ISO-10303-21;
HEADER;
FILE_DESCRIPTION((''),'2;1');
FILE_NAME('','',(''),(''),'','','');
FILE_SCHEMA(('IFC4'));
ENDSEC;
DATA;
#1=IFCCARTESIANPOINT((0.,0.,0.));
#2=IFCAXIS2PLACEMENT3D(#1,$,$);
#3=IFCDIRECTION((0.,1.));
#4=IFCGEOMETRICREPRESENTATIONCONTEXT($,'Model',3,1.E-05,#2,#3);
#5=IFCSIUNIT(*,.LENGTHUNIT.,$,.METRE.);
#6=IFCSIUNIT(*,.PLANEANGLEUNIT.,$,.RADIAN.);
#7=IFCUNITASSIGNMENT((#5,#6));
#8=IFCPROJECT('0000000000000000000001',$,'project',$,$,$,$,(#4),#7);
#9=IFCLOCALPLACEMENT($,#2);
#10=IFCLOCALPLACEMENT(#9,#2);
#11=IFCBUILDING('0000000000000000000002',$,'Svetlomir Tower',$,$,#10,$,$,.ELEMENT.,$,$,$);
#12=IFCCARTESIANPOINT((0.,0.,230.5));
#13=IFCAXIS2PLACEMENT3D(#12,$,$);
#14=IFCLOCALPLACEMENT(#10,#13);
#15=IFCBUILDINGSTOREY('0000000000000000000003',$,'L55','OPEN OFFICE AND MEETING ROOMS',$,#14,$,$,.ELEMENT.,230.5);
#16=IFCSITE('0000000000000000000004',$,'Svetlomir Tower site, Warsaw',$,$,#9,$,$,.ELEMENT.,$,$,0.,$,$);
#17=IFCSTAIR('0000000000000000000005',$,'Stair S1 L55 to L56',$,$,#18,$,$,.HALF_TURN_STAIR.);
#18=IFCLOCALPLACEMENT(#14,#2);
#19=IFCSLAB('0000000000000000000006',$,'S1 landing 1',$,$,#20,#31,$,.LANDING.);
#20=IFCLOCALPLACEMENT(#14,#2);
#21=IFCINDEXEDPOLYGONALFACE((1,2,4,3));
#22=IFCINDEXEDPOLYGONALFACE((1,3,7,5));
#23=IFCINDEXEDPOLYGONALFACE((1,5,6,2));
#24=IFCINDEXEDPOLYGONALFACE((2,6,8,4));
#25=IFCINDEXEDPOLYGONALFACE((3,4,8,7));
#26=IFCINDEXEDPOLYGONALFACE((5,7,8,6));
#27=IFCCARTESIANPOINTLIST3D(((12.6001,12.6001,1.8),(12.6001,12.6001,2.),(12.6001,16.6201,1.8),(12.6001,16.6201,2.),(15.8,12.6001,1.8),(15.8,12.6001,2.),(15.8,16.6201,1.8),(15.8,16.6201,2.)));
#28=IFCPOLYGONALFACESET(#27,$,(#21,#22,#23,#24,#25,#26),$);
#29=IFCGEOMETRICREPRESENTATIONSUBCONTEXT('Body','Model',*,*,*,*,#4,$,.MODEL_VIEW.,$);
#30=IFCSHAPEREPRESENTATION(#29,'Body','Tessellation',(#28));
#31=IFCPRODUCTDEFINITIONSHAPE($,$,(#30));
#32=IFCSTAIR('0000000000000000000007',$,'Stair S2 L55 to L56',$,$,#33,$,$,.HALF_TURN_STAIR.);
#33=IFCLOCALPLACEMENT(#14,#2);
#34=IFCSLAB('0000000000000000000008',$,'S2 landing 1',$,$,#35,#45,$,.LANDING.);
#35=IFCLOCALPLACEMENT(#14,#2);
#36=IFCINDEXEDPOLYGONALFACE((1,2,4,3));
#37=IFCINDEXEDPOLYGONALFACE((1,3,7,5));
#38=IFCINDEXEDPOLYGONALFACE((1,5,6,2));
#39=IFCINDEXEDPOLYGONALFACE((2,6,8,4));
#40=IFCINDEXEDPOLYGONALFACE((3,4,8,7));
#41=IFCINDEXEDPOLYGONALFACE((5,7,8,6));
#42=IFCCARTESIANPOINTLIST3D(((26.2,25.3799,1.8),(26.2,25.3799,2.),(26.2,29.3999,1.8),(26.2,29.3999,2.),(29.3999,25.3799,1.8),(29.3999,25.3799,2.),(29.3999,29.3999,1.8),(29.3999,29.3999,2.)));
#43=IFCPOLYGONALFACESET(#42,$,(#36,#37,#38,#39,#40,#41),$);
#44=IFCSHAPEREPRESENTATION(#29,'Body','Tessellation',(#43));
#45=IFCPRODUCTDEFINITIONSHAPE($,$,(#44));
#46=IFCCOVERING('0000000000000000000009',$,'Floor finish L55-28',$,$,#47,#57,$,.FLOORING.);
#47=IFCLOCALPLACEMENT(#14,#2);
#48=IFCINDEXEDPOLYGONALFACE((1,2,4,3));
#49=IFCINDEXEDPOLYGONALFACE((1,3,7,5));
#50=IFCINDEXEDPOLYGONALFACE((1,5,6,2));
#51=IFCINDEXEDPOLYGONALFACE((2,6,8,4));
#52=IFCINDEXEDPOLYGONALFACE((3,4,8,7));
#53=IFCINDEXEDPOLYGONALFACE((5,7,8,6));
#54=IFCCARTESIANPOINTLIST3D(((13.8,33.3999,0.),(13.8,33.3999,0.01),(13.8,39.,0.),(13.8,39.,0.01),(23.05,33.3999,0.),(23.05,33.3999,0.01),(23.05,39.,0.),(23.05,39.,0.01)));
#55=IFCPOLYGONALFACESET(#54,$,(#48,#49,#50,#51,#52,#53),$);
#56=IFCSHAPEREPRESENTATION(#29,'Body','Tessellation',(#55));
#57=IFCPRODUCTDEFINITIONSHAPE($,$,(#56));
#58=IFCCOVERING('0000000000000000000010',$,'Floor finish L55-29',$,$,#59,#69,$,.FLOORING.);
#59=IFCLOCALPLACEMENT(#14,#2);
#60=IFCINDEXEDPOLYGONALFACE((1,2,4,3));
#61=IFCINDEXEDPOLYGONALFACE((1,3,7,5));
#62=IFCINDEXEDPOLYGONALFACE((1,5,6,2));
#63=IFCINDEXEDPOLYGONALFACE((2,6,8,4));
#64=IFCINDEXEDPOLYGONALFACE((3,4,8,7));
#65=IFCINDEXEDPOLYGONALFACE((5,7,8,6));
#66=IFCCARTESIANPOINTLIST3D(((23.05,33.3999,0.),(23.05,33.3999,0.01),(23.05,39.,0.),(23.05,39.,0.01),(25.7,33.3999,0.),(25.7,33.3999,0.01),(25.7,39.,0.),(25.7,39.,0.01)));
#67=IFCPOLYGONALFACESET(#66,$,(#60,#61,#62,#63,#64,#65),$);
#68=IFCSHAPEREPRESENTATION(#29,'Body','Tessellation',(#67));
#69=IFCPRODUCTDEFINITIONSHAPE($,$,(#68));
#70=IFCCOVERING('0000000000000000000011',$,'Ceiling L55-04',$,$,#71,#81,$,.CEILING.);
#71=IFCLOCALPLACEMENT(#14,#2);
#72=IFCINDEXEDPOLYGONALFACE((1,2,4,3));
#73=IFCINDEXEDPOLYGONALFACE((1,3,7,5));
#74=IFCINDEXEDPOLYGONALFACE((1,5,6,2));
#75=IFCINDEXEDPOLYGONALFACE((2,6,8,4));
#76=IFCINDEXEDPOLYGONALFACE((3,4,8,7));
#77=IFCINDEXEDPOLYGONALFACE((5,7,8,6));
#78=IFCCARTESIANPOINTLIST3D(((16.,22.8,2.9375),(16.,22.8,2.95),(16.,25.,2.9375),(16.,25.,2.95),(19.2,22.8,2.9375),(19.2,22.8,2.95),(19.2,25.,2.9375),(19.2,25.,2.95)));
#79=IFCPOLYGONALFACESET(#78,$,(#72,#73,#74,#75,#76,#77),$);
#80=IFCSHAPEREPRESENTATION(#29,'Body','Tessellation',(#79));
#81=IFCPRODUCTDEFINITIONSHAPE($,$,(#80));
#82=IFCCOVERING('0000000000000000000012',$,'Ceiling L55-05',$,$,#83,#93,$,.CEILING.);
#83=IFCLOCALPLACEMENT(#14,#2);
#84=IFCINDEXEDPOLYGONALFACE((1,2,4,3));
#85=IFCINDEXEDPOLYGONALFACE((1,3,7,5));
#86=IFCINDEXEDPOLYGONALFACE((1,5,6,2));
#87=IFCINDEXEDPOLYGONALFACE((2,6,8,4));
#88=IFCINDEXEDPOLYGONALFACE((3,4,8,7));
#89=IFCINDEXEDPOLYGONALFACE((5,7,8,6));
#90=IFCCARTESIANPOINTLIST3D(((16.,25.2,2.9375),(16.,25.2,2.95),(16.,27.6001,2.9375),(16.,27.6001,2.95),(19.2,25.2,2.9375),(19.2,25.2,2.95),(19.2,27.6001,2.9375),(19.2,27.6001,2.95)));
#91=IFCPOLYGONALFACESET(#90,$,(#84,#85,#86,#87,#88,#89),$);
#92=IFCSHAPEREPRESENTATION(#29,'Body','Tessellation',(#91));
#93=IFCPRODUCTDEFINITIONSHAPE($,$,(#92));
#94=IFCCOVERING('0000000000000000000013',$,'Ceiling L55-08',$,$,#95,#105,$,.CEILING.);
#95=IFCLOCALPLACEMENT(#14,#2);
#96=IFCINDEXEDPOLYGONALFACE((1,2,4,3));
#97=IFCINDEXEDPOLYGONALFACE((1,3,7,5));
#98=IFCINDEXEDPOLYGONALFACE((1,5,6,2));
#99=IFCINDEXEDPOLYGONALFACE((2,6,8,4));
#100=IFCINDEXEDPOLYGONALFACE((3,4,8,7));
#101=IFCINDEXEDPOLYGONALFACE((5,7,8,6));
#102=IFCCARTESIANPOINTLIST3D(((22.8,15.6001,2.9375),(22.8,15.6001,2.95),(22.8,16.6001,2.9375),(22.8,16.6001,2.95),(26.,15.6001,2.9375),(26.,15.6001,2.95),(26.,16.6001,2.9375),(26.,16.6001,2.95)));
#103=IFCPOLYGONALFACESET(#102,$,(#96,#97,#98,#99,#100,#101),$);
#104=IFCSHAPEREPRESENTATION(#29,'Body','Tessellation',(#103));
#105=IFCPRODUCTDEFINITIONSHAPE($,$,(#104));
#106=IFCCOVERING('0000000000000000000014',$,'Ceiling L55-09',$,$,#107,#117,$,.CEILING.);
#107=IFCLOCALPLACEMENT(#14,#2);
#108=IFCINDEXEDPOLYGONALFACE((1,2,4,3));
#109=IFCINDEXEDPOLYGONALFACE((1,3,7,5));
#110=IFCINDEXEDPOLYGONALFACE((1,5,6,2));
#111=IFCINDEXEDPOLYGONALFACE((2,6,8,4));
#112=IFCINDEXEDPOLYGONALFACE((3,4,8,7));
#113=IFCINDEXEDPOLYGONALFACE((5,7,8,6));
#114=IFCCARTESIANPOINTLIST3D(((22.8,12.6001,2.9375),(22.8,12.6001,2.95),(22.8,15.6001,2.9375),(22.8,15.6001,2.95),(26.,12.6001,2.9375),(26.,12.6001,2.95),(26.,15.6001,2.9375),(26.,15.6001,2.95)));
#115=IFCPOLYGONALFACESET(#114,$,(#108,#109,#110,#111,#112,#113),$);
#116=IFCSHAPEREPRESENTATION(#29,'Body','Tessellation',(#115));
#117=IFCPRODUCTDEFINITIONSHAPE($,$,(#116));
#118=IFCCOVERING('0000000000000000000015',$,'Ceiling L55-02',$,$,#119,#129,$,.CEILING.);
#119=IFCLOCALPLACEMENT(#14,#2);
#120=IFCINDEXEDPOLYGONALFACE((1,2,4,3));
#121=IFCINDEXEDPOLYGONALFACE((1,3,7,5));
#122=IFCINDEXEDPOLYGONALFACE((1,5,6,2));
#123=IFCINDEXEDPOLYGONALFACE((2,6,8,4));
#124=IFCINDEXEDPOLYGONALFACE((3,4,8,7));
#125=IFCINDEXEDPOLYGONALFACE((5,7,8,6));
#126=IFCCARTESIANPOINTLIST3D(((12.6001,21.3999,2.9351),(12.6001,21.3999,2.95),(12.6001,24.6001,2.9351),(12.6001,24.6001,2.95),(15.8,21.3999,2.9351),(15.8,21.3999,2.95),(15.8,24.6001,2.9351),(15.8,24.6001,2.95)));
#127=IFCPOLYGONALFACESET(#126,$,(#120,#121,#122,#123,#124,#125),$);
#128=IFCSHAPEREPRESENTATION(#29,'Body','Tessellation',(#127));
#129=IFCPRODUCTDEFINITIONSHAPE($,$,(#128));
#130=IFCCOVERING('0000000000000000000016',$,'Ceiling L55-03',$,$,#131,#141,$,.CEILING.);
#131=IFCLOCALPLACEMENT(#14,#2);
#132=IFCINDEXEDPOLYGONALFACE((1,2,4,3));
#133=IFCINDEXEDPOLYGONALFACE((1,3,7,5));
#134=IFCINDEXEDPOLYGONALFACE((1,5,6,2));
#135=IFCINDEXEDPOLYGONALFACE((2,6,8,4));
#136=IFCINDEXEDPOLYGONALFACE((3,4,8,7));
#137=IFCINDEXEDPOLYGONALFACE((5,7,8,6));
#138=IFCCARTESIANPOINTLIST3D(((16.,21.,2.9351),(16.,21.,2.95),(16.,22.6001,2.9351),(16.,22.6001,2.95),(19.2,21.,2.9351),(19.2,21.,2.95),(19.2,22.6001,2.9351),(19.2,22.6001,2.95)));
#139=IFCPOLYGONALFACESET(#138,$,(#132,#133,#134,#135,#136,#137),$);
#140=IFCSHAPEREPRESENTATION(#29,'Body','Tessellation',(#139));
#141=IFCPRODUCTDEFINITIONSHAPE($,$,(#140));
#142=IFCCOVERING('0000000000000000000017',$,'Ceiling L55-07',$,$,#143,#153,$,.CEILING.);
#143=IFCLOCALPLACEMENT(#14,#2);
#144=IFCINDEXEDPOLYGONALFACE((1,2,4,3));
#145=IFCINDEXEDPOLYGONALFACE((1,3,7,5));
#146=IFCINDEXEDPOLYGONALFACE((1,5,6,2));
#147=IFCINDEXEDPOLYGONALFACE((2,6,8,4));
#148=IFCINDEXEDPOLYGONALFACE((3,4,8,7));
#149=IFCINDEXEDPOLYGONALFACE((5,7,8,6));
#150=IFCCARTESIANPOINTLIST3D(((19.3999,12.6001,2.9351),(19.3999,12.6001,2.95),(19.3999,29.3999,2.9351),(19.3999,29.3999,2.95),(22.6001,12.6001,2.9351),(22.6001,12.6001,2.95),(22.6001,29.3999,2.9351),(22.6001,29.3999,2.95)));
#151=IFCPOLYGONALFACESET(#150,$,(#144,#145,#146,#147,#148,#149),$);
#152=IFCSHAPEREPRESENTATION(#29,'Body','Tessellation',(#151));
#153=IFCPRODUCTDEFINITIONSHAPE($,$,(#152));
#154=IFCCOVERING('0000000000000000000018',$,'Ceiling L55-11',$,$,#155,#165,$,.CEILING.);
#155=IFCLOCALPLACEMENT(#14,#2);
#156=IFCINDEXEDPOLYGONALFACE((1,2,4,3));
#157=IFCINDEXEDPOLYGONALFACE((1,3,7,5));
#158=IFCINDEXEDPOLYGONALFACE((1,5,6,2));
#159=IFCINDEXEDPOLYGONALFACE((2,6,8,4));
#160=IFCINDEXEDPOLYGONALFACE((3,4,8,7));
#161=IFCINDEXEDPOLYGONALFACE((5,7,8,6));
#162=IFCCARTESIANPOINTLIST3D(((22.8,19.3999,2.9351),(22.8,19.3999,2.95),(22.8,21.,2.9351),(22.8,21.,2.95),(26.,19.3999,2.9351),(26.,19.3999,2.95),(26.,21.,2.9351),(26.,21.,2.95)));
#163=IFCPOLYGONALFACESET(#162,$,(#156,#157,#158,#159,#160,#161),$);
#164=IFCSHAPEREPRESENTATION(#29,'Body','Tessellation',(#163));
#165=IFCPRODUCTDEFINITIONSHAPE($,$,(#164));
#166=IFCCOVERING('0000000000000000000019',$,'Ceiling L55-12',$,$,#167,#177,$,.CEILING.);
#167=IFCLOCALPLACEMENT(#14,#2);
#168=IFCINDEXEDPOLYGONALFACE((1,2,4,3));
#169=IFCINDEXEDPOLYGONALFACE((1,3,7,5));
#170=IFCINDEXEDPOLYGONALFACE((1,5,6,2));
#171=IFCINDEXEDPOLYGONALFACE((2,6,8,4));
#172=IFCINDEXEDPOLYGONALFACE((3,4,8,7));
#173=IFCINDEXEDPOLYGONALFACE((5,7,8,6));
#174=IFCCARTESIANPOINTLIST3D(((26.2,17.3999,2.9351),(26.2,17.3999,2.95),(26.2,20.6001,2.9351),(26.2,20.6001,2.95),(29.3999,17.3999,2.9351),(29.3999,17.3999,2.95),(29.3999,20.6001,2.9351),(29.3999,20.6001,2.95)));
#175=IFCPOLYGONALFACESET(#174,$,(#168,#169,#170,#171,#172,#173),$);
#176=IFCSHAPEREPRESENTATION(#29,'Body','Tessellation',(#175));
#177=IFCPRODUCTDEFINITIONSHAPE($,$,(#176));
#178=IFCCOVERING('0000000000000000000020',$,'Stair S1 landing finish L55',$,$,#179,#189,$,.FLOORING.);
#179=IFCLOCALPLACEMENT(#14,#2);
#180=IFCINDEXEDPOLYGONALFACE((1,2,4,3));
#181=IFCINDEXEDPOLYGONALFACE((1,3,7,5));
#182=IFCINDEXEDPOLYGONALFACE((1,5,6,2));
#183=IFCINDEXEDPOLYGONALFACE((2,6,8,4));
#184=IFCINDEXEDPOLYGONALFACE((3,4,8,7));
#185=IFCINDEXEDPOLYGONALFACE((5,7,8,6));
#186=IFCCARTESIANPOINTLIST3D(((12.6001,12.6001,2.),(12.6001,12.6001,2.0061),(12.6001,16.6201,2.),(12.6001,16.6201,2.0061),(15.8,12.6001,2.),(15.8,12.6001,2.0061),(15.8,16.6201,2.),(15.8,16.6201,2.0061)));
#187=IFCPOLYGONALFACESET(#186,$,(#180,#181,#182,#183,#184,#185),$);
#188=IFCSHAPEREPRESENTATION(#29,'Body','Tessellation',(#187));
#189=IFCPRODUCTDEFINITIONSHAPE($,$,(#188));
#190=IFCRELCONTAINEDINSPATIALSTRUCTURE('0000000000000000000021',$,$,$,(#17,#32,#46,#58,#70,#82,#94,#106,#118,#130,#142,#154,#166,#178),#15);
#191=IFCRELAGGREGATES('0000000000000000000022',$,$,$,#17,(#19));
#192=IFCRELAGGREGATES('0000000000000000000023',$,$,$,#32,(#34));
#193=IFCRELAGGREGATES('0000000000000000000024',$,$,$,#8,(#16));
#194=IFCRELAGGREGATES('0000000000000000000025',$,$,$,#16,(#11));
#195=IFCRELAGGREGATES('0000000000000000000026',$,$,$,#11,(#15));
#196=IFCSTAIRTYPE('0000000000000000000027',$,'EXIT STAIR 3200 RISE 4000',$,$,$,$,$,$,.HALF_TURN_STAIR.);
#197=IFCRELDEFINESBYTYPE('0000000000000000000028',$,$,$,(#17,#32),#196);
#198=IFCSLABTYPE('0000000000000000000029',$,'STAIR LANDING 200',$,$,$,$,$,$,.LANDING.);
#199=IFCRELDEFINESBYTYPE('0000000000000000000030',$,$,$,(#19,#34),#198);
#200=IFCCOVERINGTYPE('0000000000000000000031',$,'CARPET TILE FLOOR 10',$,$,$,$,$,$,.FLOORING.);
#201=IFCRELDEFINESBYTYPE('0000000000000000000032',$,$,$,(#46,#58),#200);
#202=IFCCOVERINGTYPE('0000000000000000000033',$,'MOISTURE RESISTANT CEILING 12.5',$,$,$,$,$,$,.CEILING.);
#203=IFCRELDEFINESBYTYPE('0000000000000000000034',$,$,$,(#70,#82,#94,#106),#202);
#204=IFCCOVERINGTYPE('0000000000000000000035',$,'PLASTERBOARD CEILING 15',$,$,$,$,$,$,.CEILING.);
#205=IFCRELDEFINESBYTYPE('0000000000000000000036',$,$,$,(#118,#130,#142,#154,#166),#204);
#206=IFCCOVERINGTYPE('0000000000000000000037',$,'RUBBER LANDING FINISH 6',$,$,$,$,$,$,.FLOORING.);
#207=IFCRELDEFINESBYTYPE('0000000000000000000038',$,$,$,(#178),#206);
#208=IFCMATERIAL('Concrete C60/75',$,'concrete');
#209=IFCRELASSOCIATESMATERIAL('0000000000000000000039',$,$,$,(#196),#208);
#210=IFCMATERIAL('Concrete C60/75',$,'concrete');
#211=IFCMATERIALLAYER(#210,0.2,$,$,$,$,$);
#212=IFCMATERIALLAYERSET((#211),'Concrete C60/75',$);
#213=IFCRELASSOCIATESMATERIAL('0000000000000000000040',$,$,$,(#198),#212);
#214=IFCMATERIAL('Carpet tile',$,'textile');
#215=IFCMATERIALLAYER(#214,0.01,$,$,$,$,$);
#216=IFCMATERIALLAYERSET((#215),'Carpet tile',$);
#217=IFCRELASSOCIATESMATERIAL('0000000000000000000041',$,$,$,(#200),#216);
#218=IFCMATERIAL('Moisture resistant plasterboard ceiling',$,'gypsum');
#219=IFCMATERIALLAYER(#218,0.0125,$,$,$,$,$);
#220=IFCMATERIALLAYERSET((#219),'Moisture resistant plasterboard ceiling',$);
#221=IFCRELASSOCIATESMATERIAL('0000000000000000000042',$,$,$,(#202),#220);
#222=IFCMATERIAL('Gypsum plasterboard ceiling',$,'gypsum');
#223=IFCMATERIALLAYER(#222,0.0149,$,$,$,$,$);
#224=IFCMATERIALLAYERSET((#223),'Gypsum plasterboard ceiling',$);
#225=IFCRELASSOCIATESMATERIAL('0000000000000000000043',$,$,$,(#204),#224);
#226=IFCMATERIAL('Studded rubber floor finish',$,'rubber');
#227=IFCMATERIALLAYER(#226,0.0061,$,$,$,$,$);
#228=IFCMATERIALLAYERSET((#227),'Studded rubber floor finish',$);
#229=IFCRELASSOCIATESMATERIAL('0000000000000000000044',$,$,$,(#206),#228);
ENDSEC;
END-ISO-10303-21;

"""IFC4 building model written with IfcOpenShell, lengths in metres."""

from ifc_helpers import new_model, si_unit, direction, frame, origin, place, context, subcontext, project, spatial, polyline, outline, extrude, material, layer, layer_set, type_object, element, aggregate, save


model = new_model("IFC4")

# Units and contexts
model_context = context("Model", 3, precision=1e-05, world=origin(), true_north=direction((0.0, 1.0)))
body_context = subcontext(model_context, "Body", "Model", "MODEL_VIEW")
ifc_project = project(units=[si_unit("LENGTHUNIT", "METRE"), si_unit("PLANEANGLEUNIT", "RADIAN")], contexts=[model_context])

# Site, building, storey
site_placement = place(None, origin())
site = spatial("IfcSite", under=ifc_project, at=site_placement, Name="Svetlomir Tower site, Warsaw", CompositionType="ELEMENT", RefElevation=0.0)
building_placement = place(site_placement, origin())
building = spatial("IfcBuilding", under=site, at=building_placement, Name="Svetlomir Tower", CompositionType="ELEMENT")
storey_placement = place(building_placement, frame((0.0, 0.0, 230.5)))
storey = spatial("IfcBuildingStorey", under=building, at=storey_placement, Name="L55", Description="OPEN OFFICE AND MEETING ROOMS", CompositionType="ELEMENT", Elevation=230.5)

# Stairs, slabs
ifc_material_1 = material(Name="Concrete C60/75", Category="concrete")
stair_type = type_object("IfcStairType", Name="EXIT STAIR 3200 RISE 4000", PredefinedType="HALF_TURN_STAIR", material=ifc_material_1)
stair_1_placement = place(storey_placement, origin())
stair_1 = element("IfcStair", 1, at=stair_1_placement, inside=storey, type_object=stair_type, Name="Stair S1 L55 to L56", PredefinedType="HALF_TURN_STAIR")
ifc_material_2 = material(Name="Concrete C60/75", Category="concrete")
ifc_layer_1 = layer(ifc_material_2, 0.2)
ifc_layer_set_1 = layer_set([ifc_layer_1], Name="Concrete C60/75")
slab_type = type_object("IfcSlabType", Name="STAIR LANDING 200", PredefinedType="LANDING", material=ifc_layer_set_1)
slab_1_placement = place(storey_placement, frame((0.0, 0.0, 1.8)))
slab_1 = element("IfcSlab", 2, at=slab_1_placement, type_object=slab_type, Name="S1 landing 1", PredefinedType="LANDING", context=body_context, shape_type="SweptSolid", body=[
    extrude(outline(polyline([(12.6001, 12.6001), (15.8, 12.6001), (15.8, 16.6201), (12.6001, 16.6201), (12.6001, 12.6001)])), origin(), (0.0, 0.0, 1.0), 0.2),
])
aggregate(stair_1, [slab_1])
stair_2_placement = place(storey_placement, origin())
stair_2 = element("IfcStair", 3, at=stair_2_placement, inside=storey, type_object=stair_type, Name="Stair S2 L55 to L56", PredefinedType="HALF_TURN_STAIR")
slab_2_placement = place(storey_placement, frame((0.0, 0.0, 1.8)))
slab_2 = element("IfcSlab", 4, at=slab_2_placement, type_object=slab_type, Name="S2 landing 1", PredefinedType="LANDING", context=body_context, shape_type="SweptSolid", body=[
    extrude(outline(polyline([(26.2, 25.3799), (29.3999, 25.3799), (29.3999, 29.3999), (26.2, 29.3999), (26.2, 25.3799)])), origin(), (0.0, 0.0, 1.0), 0.2),
])
aggregate(stair_2, [slab_2])

# Coverings
ifc_material_3 = material(Name="Carpet tile", Category="textile")
ifc_layer_2 = layer(ifc_material_3, 0.01)
ifc_layer_set_2 = layer_set([ifc_layer_2], Name="Carpet tile")
covering_type_1 = type_object("IfcCoveringType", Name="CARPET TILE FLOOR 10", PredefinedType="FLOORING", material=ifc_layer_set_2)
covering_1_placement = place(storey_placement, origin())
element("IfcCovering", 5, at=covering_1_placement, inside=storey, type_object=covering_type_1, Name="Floor finish L55-28", PredefinedType="FLOORING", context=body_context, shape_type="SweptSolid", body=[
    extrude(outline(polyline([(13.8, 33.3999), (23.05, 33.3999), (23.05, 39.0), (13.8, 39.0), (13.8, 33.3999)])), origin(), (0.0, 0.0, 1.0), 0.01),
])
covering_2_placement = place(storey_placement, origin())
element("IfcCovering", 6, at=covering_2_placement, inside=storey, type_object=covering_type_1, Name="Floor finish L55-29", PredefinedType="FLOORING", context=body_context, shape_type="SweptSolid", body=[
    extrude(outline(polyline([(23.05, 33.3999), (25.7, 33.3999), (25.7, 39.0), (23.05, 39.0), (23.05, 33.3999)])), origin(), (0.0, 0.0, 1.0), 0.01),
])
ifc_material_4 = material(Name="Moisture resistant plasterboard ceiling", Category="gypsum")
ifc_layer_3 = layer(ifc_material_4, 0.0125)
ifc_layer_set_3 = layer_set([ifc_layer_3], Name="Moisture resistant plasterboard ceiling")
covering_type_2 = type_object("IfcCoveringType", Name="MOISTURE RESISTANT CEILING 12.5", PredefinedType="CEILING", material=ifc_layer_set_3)
covering_3_placement = place(storey_placement, frame((0.0, 0.0, 2.9375)))
element("IfcCovering", 7, at=covering_3_placement, inside=storey, type_object=covering_type_2, Name="Ceiling L55-04", PredefinedType="CEILING", context=body_context, shape_type="SweptSolid", body=[
    extrude(outline(polyline([(16.0, 22.8), (19.2, 22.8), (19.2, 25.0), (16.0, 25.0), (16.0, 22.8)])), origin(), (0.0, 0.0, 1.0), 0.0125),
])
covering_4_placement = place(storey_placement, frame((0.0, 0.0, 2.9375)))
element("IfcCovering", 8, at=covering_4_placement, inside=storey, type_object=covering_type_2, Name="Ceiling L55-05", PredefinedType="CEILING", context=body_context, shape_type="SweptSolid", body=[
    extrude(outline(polyline([(16.0, 25.2), (19.2, 25.2), (19.2, 27.6001), (16.0, 27.6001), (16.0, 25.2)])), origin(), (0.0, 0.0, 1.0), 0.0125),
])
covering_5_placement = place(storey_placement, frame((0.0, 0.0, 2.9375)))
element("IfcCovering", 9, at=covering_5_placement, inside=storey, type_object=covering_type_2, Name="Ceiling L55-08", PredefinedType="CEILING", context=body_context, shape_type="SweptSolid", body=[
    extrude(outline(polyline([(22.8, 15.6001), (26.0, 15.6001), (26.0, 16.6001), (22.8, 16.6001), (22.8, 15.6001)])), origin(), (0.0, 0.0, 1.0), 0.0125),
])
covering_6_placement = place(storey_placement, frame((0.0, 0.0, 2.9375)))
element("IfcCovering", 10, at=covering_6_placement, inside=storey, type_object=covering_type_2, Name="Ceiling L55-09", PredefinedType="CEILING", context=body_context, shape_type="SweptSolid", body=[
    extrude(outline(polyline([(22.8, 12.6001), (26.0, 12.6001), (26.0, 15.6001), (22.8, 15.6001), (22.8, 12.6001)])), origin(), (0.0, 0.0, 1.0), 0.0125),
])
ifc_material_5 = material(Name="Gypsum plasterboard ceiling", Category="gypsum")
ifc_layer_4 = layer(ifc_material_5, 0.0149)
ifc_layer_set_4 = layer_set([ifc_layer_4], Name="Gypsum plasterboard ceiling")
covering_type_3 = type_object("IfcCoveringType", Name="PLASTERBOARD CEILING 15", PredefinedType="CEILING", material=ifc_layer_set_4)
covering_7_placement = place(storey_placement, frame((0.0, 0.0, 2.9351)))
element("IfcCovering", 11, at=covering_7_placement, inside=storey, type_object=covering_type_3, Name="Ceiling L55-02", PredefinedType="CEILING", context=body_context, shape_type="SweptSolid", body=[
    extrude(outline(polyline([(12.6001, 21.3999), (15.8, 21.3999), (15.8, 24.6001), (12.6001, 24.6001), (12.6001, 21.3999)])), origin(), (0.0, 0.0, 1.0), 0.0149),
])
covering_8_placement = place(storey_placement, frame((0.0, 0.0, 2.9351)))
element("IfcCovering", 12, at=covering_8_placement, inside=storey, type_object=covering_type_3, Name="Ceiling L55-03", PredefinedType="CEILING", context=body_context, shape_type="SweptSolid", body=[
    extrude(outline(polyline([(16.0, 21.0), (19.2, 21.0), (19.2, 22.6001), (16.0, 22.6001), (16.0, 21.0)])), origin(), (0.0, 0.0, 1.0), 0.0149),
])
covering_9_placement = place(storey_placement, frame((0.0, 0.0, 2.9351)))
element("IfcCovering", 13, at=covering_9_placement, inside=storey, type_object=covering_type_3, Name="Ceiling L55-07", PredefinedType="CEILING", context=body_context, shape_type="SweptSolid", body=[
    extrude(outline(polyline([(19.3999, 12.6001), (22.6001, 12.6001), (22.6001, 29.3999), (19.3999, 29.3999), (19.3999, 12.6001)])), origin(), (0.0, 0.0, 1.0), 0.0149),
])
covering_10_placement = place(storey_placement, frame((0.0, 0.0, 2.9351)))
element("IfcCovering", 14, at=covering_10_placement, inside=storey, type_object=covering_type_3, Name="Ceiling L55-11", PredefinedType="CEILING", context=body_context, shape_type="SweptSolid", body=[
    extrude(outline(polyline([(22.8, 19.3999), (26.0, 19.3999), (26.0, 21.0), (22.8, 21.0), (22.8, 19.3999)])), origin(), (0.0, 0.0, 1.0), 0.0149),
])
covering_11_placement = place(storey_placement, frame((0.0, 0.0, 2.9351)))
element("IfcCovering", 15, at=covering_11_placement, inside=storey, type_object=covering_type_3, Name="Ceiling L55-12", PredefinedType="CEILING", context=body_context, shape_type="SweptSolid", body=[
    extrude(outline(polyline([(26.2, 17.3999), (29.3999, 17.3999), (29.3999, 20.6001), (26.2, 20.6001), (26.2, 17.3999)])), origin(), (0.0, 0.0, 1.0), 0.0149),
])
ifc_material_6 = material(Name="Studded rubber floor finish", Category="rubber")
ifc_layer_5 = layer(ifc_material_6, 0.0061)
ifc_layer_set_5 = layer_set([ifc_layer_5], Name="Studded rubber floor finish")
covering_type_4 = type_object("IfcCoveringType", Name="RUBBER LANDING FINISH 6", PredefinedType="FLOORING", material=ifc_layer_set_5)
covering_12_placement = place(storey_placement, frame((0.0, 0.0, 2.0)))
element("IfcCovering", 16, at=covering_12_placement, inside=storey, type_object=covering_type_4, Name="Stair S1 landing finish L55", PredefinedType="FLOORING", context=body_context, shape_type="SweptSolid", body=[
    extrude(outline(polyline([(12.6001, 12.6001), (15.8, 12.6001), (15.8, 16.6201), (12.6001, 16.6201), (12.6001, 12.6001)])), origin(), (0.0, 0.0, 1.0), 0.0061),
])

save(model, "model.ifc")
